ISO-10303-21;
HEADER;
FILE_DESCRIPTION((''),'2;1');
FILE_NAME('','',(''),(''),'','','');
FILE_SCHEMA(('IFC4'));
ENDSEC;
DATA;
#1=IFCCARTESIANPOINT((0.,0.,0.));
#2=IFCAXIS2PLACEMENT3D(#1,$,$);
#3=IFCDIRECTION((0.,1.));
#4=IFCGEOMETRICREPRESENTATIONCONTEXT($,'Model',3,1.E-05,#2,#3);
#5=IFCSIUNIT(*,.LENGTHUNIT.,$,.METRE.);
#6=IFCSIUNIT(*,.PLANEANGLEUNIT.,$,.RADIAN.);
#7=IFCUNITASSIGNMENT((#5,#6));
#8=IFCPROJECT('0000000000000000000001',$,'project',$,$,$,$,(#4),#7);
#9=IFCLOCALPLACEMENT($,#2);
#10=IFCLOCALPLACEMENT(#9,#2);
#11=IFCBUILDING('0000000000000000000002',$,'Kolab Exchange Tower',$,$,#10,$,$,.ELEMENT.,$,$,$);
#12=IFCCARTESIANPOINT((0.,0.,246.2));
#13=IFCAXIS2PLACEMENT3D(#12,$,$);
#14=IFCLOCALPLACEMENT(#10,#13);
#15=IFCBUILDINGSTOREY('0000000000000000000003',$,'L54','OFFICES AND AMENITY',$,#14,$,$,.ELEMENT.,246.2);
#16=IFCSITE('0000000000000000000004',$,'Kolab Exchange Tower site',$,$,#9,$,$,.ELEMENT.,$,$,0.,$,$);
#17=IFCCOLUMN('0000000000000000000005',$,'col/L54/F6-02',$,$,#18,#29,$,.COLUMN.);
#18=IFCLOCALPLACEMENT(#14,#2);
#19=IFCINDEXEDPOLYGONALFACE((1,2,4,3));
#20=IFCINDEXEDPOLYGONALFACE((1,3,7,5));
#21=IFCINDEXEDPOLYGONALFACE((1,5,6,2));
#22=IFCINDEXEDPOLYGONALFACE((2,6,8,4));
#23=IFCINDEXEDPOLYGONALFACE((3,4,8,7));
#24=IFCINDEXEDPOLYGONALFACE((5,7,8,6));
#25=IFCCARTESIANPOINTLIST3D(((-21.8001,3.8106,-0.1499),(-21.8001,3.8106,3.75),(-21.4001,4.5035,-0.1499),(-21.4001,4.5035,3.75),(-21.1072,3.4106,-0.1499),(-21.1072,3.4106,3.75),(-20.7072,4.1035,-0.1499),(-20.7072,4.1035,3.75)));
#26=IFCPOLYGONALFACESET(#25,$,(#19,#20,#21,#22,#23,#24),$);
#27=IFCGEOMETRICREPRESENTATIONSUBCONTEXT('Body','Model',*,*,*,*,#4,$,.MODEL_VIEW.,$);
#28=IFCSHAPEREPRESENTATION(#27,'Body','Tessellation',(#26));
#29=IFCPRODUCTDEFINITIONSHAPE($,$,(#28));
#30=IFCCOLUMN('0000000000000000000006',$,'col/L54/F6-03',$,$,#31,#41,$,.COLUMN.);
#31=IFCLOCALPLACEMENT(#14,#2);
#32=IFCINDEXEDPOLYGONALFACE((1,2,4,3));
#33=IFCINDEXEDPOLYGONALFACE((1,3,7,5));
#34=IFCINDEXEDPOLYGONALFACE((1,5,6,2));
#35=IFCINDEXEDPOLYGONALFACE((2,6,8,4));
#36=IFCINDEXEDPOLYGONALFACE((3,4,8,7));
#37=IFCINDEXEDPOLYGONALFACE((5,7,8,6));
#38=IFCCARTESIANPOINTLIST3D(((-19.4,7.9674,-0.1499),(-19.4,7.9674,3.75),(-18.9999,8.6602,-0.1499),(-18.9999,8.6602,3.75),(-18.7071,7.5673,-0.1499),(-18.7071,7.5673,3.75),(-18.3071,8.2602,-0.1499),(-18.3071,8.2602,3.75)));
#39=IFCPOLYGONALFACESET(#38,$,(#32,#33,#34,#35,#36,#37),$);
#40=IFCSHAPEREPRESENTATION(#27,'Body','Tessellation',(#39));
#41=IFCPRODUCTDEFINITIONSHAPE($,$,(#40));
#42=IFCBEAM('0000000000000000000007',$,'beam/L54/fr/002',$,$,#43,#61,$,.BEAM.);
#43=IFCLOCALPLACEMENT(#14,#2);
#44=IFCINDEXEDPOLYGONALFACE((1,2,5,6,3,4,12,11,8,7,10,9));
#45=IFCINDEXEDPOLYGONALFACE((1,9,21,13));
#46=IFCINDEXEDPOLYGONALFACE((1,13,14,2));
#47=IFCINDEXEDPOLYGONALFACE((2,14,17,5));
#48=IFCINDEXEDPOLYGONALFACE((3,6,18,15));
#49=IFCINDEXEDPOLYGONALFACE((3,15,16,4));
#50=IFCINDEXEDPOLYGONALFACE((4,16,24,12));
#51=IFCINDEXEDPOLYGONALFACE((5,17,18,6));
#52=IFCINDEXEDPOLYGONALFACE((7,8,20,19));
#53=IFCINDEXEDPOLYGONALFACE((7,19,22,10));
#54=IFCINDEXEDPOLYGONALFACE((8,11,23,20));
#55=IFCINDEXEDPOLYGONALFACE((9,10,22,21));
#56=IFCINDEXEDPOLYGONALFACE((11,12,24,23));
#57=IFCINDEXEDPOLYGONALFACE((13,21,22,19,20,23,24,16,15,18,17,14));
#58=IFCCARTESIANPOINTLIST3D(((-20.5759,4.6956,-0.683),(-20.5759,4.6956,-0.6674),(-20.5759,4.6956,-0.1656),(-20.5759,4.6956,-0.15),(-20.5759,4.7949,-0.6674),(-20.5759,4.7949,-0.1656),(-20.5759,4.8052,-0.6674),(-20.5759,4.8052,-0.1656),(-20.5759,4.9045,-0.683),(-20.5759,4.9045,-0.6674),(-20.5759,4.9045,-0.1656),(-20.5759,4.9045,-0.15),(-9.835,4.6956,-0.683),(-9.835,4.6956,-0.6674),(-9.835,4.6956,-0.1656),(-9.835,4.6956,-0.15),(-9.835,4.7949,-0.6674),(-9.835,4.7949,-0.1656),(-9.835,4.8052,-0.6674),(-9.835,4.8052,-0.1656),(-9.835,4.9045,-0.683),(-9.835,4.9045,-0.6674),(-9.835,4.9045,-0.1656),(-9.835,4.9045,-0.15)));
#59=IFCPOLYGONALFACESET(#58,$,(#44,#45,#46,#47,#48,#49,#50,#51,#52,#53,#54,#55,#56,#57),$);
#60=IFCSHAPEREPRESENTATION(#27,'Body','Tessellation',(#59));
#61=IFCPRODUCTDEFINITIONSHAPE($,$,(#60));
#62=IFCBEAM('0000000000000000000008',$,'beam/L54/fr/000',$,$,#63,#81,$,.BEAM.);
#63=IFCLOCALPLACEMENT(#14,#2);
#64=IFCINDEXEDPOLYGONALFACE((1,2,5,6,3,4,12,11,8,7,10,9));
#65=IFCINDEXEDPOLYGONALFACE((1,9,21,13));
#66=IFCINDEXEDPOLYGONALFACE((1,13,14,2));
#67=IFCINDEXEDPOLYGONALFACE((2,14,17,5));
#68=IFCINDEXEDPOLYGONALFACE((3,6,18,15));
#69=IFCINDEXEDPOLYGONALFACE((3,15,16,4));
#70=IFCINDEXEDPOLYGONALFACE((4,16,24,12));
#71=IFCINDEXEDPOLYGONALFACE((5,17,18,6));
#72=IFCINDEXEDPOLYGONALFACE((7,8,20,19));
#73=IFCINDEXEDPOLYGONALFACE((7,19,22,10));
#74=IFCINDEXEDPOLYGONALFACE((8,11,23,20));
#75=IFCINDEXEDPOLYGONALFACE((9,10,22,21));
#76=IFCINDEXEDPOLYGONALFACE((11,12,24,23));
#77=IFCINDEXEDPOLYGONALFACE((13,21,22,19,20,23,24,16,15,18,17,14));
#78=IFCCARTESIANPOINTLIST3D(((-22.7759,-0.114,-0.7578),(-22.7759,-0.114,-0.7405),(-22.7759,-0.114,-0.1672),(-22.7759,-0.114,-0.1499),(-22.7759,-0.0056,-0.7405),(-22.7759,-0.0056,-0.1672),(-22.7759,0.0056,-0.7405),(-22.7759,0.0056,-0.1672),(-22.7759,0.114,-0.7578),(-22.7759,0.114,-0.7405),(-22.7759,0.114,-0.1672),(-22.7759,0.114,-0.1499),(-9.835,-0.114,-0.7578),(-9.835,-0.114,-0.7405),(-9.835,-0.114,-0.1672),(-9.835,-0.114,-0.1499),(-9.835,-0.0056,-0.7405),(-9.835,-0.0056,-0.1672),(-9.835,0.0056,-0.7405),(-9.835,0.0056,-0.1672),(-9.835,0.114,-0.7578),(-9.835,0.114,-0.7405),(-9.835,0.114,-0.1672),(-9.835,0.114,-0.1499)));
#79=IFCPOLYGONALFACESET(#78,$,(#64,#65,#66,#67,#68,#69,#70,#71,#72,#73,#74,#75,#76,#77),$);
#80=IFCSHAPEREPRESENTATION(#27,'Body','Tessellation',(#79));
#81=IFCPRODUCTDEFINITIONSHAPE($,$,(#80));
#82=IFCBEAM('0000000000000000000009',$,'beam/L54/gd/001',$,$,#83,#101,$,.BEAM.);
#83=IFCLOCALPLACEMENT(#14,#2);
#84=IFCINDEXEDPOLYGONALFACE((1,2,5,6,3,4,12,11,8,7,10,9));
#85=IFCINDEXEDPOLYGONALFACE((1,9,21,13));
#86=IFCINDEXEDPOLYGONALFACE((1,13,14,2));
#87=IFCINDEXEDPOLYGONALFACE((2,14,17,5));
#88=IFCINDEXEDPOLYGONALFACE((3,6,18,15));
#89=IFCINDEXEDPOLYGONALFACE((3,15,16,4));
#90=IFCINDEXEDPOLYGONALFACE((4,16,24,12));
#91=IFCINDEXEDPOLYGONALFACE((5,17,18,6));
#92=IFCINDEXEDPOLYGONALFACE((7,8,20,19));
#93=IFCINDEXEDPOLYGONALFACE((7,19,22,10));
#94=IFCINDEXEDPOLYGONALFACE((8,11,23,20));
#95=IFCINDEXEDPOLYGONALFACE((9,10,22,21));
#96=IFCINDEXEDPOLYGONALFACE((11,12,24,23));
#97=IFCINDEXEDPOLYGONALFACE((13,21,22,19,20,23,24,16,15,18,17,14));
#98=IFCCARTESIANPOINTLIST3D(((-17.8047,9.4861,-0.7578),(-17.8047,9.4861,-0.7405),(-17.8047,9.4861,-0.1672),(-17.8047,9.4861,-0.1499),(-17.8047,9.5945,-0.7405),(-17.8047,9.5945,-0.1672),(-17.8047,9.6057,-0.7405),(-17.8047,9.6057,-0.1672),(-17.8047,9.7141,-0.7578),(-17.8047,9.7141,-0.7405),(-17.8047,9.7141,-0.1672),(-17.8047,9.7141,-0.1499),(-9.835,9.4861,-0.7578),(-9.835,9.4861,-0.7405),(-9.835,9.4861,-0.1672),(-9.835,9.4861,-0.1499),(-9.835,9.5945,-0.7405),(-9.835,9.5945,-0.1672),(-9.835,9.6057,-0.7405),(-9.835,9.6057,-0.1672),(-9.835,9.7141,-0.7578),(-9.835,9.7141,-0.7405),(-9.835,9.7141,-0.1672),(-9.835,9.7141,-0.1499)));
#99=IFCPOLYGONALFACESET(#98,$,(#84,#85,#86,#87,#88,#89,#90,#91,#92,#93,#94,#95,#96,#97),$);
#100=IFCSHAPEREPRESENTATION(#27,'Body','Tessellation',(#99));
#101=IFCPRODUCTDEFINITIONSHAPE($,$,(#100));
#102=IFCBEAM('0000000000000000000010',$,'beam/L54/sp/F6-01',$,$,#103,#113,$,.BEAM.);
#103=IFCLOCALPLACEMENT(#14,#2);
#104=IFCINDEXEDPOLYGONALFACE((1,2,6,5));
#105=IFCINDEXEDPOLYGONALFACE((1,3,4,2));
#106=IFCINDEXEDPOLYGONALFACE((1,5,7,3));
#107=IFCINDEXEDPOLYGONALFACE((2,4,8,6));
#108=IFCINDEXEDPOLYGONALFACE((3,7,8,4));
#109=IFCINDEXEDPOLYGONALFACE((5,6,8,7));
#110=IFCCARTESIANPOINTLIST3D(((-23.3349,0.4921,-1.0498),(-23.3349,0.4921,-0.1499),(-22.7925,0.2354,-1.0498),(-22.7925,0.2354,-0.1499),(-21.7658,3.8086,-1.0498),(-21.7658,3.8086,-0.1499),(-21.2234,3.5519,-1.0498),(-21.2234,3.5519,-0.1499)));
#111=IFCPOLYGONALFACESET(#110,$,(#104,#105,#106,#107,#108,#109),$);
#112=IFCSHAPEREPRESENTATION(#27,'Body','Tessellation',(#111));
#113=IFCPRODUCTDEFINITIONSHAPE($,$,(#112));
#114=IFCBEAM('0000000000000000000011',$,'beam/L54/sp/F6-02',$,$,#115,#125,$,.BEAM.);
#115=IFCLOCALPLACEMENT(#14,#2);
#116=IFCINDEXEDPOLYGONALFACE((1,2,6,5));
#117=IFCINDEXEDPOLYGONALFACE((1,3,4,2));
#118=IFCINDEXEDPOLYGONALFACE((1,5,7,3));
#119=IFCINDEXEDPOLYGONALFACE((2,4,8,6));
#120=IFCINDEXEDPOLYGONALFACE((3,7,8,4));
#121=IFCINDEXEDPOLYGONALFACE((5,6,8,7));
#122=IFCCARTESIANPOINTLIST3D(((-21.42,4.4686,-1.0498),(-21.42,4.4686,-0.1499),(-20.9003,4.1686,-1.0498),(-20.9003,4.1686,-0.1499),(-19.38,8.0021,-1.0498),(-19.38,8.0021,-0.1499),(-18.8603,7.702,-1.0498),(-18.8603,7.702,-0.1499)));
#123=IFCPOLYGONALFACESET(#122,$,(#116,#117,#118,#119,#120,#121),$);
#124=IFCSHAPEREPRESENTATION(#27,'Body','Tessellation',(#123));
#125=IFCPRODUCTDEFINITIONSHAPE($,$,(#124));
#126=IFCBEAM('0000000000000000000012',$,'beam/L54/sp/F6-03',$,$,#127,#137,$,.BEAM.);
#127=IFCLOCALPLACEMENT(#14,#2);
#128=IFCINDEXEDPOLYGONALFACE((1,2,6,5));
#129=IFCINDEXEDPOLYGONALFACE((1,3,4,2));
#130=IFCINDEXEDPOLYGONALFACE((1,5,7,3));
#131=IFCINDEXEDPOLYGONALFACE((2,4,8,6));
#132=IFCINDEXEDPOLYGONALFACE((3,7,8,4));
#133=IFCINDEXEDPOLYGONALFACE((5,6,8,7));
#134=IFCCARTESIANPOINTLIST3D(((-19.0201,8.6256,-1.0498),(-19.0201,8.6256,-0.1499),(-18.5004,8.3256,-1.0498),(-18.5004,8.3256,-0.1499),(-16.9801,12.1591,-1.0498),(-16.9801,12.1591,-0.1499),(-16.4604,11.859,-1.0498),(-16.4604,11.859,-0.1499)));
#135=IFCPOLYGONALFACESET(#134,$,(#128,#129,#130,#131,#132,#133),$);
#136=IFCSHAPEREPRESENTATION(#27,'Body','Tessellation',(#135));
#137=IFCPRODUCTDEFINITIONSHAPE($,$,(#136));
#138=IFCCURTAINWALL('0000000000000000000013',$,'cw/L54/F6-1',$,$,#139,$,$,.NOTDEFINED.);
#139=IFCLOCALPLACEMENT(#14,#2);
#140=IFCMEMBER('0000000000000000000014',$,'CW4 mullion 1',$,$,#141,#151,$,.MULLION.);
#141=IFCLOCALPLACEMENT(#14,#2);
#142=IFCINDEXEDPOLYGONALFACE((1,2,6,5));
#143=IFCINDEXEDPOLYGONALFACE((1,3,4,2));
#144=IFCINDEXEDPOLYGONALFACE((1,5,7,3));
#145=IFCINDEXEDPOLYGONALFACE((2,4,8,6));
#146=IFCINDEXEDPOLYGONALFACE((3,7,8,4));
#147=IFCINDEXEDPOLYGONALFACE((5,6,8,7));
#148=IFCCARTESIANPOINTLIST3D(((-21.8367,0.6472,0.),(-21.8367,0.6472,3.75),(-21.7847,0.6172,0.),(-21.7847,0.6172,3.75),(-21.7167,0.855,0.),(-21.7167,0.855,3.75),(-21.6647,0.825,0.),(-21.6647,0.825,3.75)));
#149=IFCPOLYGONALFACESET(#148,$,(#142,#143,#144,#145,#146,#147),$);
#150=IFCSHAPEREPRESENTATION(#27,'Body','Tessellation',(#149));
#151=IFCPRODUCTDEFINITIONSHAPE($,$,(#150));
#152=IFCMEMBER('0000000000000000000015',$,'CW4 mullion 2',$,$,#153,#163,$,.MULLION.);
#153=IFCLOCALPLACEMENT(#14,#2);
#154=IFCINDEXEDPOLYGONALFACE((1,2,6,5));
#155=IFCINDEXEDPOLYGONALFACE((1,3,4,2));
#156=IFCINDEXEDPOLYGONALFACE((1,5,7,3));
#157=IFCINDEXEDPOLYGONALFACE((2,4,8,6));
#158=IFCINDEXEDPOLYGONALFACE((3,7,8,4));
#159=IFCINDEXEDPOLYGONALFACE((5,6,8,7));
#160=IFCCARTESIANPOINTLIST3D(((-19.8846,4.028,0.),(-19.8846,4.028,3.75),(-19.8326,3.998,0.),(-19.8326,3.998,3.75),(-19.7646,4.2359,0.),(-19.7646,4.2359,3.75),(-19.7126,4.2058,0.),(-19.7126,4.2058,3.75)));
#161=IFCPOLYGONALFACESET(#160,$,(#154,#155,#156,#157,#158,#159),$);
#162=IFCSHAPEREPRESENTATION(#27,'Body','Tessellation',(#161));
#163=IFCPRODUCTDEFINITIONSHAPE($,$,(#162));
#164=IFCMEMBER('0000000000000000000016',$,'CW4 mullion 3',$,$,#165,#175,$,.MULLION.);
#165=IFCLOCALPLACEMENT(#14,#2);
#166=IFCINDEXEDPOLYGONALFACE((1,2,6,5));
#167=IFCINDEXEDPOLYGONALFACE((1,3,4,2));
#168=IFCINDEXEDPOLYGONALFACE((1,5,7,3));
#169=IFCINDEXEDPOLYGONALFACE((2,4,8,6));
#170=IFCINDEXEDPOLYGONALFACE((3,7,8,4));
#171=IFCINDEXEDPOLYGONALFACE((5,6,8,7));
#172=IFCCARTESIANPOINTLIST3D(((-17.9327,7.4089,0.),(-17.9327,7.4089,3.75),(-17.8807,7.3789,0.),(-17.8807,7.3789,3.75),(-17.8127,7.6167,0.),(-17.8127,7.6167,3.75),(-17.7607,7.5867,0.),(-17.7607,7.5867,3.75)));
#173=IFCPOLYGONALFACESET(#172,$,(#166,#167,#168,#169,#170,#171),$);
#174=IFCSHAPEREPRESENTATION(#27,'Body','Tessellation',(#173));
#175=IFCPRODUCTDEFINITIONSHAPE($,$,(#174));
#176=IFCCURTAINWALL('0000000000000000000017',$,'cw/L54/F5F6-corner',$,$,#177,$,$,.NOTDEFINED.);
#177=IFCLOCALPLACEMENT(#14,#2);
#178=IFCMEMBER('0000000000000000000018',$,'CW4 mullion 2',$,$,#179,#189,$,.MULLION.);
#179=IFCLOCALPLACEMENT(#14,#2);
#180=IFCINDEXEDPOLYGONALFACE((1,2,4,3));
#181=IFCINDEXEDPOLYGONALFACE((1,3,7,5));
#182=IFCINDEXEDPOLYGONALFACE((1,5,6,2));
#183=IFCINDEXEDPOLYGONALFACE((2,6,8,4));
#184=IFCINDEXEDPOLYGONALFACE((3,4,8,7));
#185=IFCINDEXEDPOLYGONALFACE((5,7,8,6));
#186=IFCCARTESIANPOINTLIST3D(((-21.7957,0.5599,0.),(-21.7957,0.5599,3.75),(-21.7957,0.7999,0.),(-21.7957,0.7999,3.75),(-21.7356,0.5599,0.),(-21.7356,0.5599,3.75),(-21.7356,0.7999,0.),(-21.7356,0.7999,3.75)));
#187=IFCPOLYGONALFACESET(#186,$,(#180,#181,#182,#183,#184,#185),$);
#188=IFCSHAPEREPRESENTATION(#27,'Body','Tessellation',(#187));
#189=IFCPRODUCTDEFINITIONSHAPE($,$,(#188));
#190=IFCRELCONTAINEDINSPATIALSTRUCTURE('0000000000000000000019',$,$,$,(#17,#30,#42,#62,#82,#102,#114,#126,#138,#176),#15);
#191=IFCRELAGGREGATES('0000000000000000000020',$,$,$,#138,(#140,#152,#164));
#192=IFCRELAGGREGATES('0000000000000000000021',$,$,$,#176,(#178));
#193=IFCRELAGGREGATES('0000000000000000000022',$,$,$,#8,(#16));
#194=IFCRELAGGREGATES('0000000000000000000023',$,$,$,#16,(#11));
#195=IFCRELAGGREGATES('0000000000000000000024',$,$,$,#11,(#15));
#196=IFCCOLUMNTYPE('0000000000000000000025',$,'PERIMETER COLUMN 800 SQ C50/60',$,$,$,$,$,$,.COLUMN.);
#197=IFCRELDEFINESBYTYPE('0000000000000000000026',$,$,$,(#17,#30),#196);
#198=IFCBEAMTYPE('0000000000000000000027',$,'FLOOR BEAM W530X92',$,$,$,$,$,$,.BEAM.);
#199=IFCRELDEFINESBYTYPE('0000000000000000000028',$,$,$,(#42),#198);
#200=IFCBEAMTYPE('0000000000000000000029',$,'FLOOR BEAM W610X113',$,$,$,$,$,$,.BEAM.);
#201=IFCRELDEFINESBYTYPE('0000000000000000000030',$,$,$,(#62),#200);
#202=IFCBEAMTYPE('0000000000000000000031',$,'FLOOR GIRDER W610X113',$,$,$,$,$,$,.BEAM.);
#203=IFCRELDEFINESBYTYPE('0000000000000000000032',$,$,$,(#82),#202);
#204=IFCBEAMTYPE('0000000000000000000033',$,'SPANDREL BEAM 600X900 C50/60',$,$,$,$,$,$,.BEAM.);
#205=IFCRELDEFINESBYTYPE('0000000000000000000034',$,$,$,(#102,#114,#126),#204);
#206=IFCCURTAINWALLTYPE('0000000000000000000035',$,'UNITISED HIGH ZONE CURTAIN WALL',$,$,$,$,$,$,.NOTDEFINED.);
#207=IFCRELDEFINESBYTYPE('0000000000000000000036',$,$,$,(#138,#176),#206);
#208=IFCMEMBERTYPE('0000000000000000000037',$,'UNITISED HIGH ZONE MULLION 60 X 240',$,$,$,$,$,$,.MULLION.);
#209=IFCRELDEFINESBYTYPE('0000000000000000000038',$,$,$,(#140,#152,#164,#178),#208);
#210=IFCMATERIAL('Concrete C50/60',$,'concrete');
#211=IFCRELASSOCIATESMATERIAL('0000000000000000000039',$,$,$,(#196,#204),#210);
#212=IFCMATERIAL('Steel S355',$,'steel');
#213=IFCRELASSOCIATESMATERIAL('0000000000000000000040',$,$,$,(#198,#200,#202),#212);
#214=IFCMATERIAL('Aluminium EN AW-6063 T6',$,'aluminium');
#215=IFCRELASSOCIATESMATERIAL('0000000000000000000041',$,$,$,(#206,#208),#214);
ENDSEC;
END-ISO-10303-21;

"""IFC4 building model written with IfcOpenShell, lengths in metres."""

from ifc_helpers import new_model, si_unit, direction, frame, origin, origin_2d, place, context, subcontext, project, spatial, rectangle, i_section, extrude, material, material_profile, profile_set, type_object, element, aggregate, save


model = new_model("IFC4")

# Units and contexts
model_context = context("Model", 3, precision=1e-05, world=origin(), true_north=direction((0.0, 1.0)))
body_context = subcontext(model_context, "Body", "Model", "MODEL_VIEW")
ifc_project = project(units=[si_unit("LENGTHUNIT", "METRE"), si_unit("PLANEANGLEUNIT", "RADIAN")], contexts=[model_context])

# Site, building, storey
site_placement = place(None, origin())
site = spatial("IfcSite", under=ifc_project, at=site_placement, Name="Kolab Exchange Tower site", CompositionType="ELEMENT", RefElevation=0.0)
building_placement = place(site_placement, origin())
building = spatial("IfcBuilding", under=site, at=building_placement, Name="Kolab Exchange Tower", CompositionType="ELEMENT")
storey_placement = place(building_placement, frame((0.0, 0.0, 246.2)))
storey = spatial("IfcBuildingStorey", under=building, at=storey_placement, Name="L54", Description="OFFICES AND AMENITY", CompositionType="ELEMENT", Elevation=246.2)

# Columns
ifc_material_1 = material(Name="Concrete C50/60", Category="concrete")
ifc_material_profile_1 = material_profile(ifc_material_1, rectangle(XDim=0.8, YDim=0.8, at=origin_2d()), Name="RC800")
ifc_profile_set_1 = profile_set([ifc_material_profile_1], Name="Concrete C50/60")
column_type = type_object("IfcColumnType", Name="PERIMETER COLUMN 800 SQ C50/60", PredefinedType="COLUMN", material=ifc_profile_set_1)
for number, where, z_axis, x_axis, name in (
    (1, (-21.2537, 3.957, -0.1499), (0.0, 0.0, 1.0), (0.5, 0.866025, 0.0), "col/L54/F6-02"),
    (2, (-18.8535, 8.1138, -0.1499), (0.0, 0.0, 1.0), (0.5, 0.866025, 0.0), "col/L54/F6-03"),
):
    element("IfcColumn", number, at=place(storey_placement, frame(where, z_axis=z_axis, x_axis=x_axis)), inside=storey, type_object=column_type, Name=name, PredefinedType="COLUMN", context=body_context, shape_type="SweptSolid", body=[
        extrude(rectangle(XDim=0.8, YDim=0.8, at=origin_2d()), origin(), (0.0, 0.0, 1.0), 3.8999),
    ])

# Beams
ifc_material_2 = material(Name="Steel S355", Category="steel")
ifc_material_profile_2 = material_profile(ifc_material_2, i_section(OverallWidth=0.209, OverallDepth=0.533, WebThickness=0.0103, FlangeThickness=0.0156, at=origin_2d()), Name="W530X92")
ifc_profile_set_2 = profile_set([ifc_material_profile_2], Name="Steel S355")
beam_type_1 = type_object("IfcBeamType", Name="FLOOR BEAM W530X92", PredefinedType="BEAM", material=ifc_profile_set_2)
beam_1_placement = place(storey_placement, frame((-20.5759, 4.8, -0.4165), z_axis=(1.0, 0.0, 0.0), x_axis=(0.0, 1.0, 0.0)))
element("IfcBeam", 3, at=beam_1_placement, inside=storey, type_object=beam_type_1, Name="beam/L54/fr/002", PredefinedType="BEAM", context=body_context, shape_type="SweptSolid", body=[
    extrude(i_section(OverallWidth=0.209, OverallDepth=0.533, WebThickness=0.0103, FlangeThickness=0.0156, at=origin_2d()), origin(), (0.0, 0.0, 1.0), 10.741),
])
ifc_material_profile_3 = material_profile(ifc_material_2, i_section(OverallWidth=0.228, OverallDepth=0.6079, WebThickness=0.0112, FlangeThickness=0.0173, at=origin_2d()), Name="W610X113")
ifc_profile_set_3 = profile_set([ifc_material_profile_3], Name="Steel S355")
beam_type_2 = type_object("IfcBeamType", Name="FLOOR BEAM W610X113", PredefinedType="BEAM", material=ifc_profile_set_3)
beam_2_placement = place(storey_placement, frame((-22.7759, 0.0, -0.4539), z_axis=(1.0, 0.0, 0.0), x_axis=(0.0, 1.0, 0.0)))
element("IfcBeam", 4, at=beam_2_placement, inside=storey, type_object=beam_type_2, Name="beam/L54/fr/000", PredefinedType="BEAM", context=body_context, shape_type="SweptSolid", body=[
    extrude(i_section(OverallWidth=0.228, OverallDepth=0.6079, WebThickness=0.0112, FlangeThickness=0.0173, at=origin_2d()), origin(), (0.0, 0.0, 1.0), 12.9409),
])
ifc_material_profile_4 = material_profile(ifc_material_2, i_section(OverallWidth=0.228, OverallDepth=0.6079, WebThickness=0.0112, FlangeThickness=0.0173, at=origin_2d()), Name="W610X113")
ifc_profile_set_4 = profile_set([ifc_material_profile_4], Name="Steel S355")
beam_type_3 = type_object("IfcBeamType", Name="FLOOR GIRDER W610X113", PredefinedType="BEAM", material=ifc_profile_set_4)
beam_3_placement = place(storey_placement, frame((-17.8047, 9.6001, -0.4539), z_axis=(1.0, 0.0, 0.0), x_axis=(0.0, 1.0, 0.0)))
element("IfcBeam", 5, at=beam_3_placement, inside=storey, type_object=beam_type_3, Name="beam/L54/gd/001", PredefinedType="BEAM", context=body_context, shape_type="SweptSolid", body=[
    extrude(i_section(OverallWidth=0.228, OverallDepth=0.6079, WebThickness=0.0112, FlangeThickness=0.0173, at=origin_2d()), origin(), (0.0, 0.0, 1.0), 7.9697),
])
ifc_material_profile_5 = material_profile(ifc_material_1, rectangle(XDim=0.6001, YDim=0.8999, at=origin_2d()), Name="RC600X900")
ifc_profile_set_5 = profile_set([ifc_material_profile_5], Name="Concrete C50/60")
beam_type_4 = type_object("IfcBeamType", Name="SPANDREL BEAM 600X900 C50/60", PredefinedType="BEAM", material=ifc_profile_set_5)
beam_4_placement = place(storey_placement, frame((-23.0637, 0.3638, -0.5999), z_axis=(0.427677, 0.903932, 0.0), x_axis=(-0.903932, 0.427677, 0.0)))
element("IfcBeam", 6, at=beam_4_placement, inside=storey, type_object=beam_type_4, Name="beam/L54/sp/F6-01", PredefinedType="BEAM", context=body_context, shape_type="SweptSolid", body=[
    extrude(rectangle(XDim=0.6001, YDim=0.8999, at=origin_2d()), origin(), (0.0, 0.0, 1.0), 3.6689),
])
for number, where, z_axis, x_axis, name in (
    (7, (-21.1602, 4.3186, -0.5999), (0.5, 0.866025, 0.0), (-0.866025, 0.5, 0.0), "beam/L54/sp/F6-02"),
    (8, (-18.7603, 8.4756, -0.5999), (0.5, 0.866025, 0.0), (-0.866025, 0.5, 0.0), "beam/L54/sp/F6-03"),
):
    element("IfcBeam", number, at=place(storey_placement, frame(where, z_axis=z_axis, x_axis=x_axis)), inside=storey, type_object=beam_type_4, Name=name, PredefinedType="BEAM", context=body_context, shape_type="SweptSolid", body=[
        extrude(rectangle(XDim=0.6001, YDim=0.8999, at=origin_2d()), origin(), (0.0, 0.0, 1.0), 4.0801),
    ])

# Curtain wall, members
ifc_material_3 = material(Name="Aluminium EN AW-6063 T6", Category="aluminium")
curtain_wall_type = type_object("IfcCurtainWallType", Name="UNITISED HIGH ZONE CURTAIN WALL", PredefinedType="NOTDEFINED", material=ifc_material_3)
curtain_wall_1_placement = place(storey_placement, origin())
curtain_wall_1 = element("IfcCurtainWall", 9, at=curtain_wall_1_placement, inside=storey, type_object=curtain_wall_type, Name="cw/L54/F6-1", PredefinedType="NOTDEFINED")
ifc_material_profile_6 = material_profile(ifc_material_3, rectangle(XDim=0.0601, YDim=0.24, at=origin_2d()), Name="RECT 60X240")
ifc_profile_set_6 = profile_set([ifc_material_profile_6], Name="Aluminium EN AW-6063 T6")
member_type_1 = type_object("IfcMemberType", Name="UNITISED HIGH ZONE MULLION 60 X 240", PredefinedType="MULLION", material=ifc_profile_set_6)
member_1_placement = place(storey_placement, frame((-21.7507, 0.7361, 0.0), z_axis=(0.0, 0.0, 1.0), x_axis=(-0.866025, 0.5, 0.0)))
member_1 = element("IfcMember", 10, at=member_1_placement, type_object=member_type_1, Name="CW4 mullion 1", PredefinedType="MULLION", context=body_context, shape_type="SweptSolid", body=[
    extrude(rectangle(XDim=0.0601, YDim=0.24, at=origin_2d()), origin(), (0.0, 0.0, 1.0), 3.75),
])
member_2_placement = place(storey_placement, frame((-19.7986, 4.1169, 0.0), z_axis=(0.0, 0.0, 1.0), x_axis=(-0.866025, 0.5, 0.0)))
member_2 = element("IfcMember", 11, at=member_2_placement, type_object=member_type_1, Name="CW4 mullion 2", PredefinedType="MULLION", context=body_context, shape_type="SweptSolid", body=[
    extrude(rectangle(XDim=0.0601, YDim=0.24, at=origin_2d()), origin(), (0.0, 0.0, 1.0), 3.75),
])
member_3_placement = place(storey_placement, frame((-17.8467, 7.4978, 0.0), z_axis=(0.0, 0.0, 1.0), x_axis=(-0.866025, 0.5, 0.0)))
member_3 = element("IfcMember", 12, at=member_3_placement, type_object=member_type_1, Name="CW4 mullion 3", PredefinedType="MULLION", context=body_context, shape_type="SweptSolid", body=[
    extrude(rectangle(XDim=0.0601, YDim=0.24, at=origin_2d()), origin(), (0.0, 0.0, 1.0), 3.75),
])

# Curtain wall, member
curtain_wall_2_placement = place(storey_placement, origin())
curtain_wall_2 = element("IfcCurtainWall", 13, at=curtain_wall_2_placement, inside=storey, type_object=curtain_wall_type, Name="cw/L54/F5F6-corner", PredefinedType="NOTDEFINED")
member_4_placement = place(storey_placement, frame((-21.7656, 0.6799, 0.0), z_axis=(0.0, 0.0, 1.0), x_axis=(-1.0, 0.0, 0.0)))
member_4 = element("IfcMember", 14, at=member_4_placement, type_object=member_type_1, Name="CW4 mullion 2", PredefinedType="MULLION", context=body_context, shape_type="SweptSolid", body=[
    extrude(rectangle(XDim=0.0601, YDim=0.24, at=origin_2d()), origin(), (0.0, 0.0, 1.0), 3.75),
])

aggregate(curtain_wall_1, [member_1, member_2, member_3])
aggregate(curtain_wall_2, [member_4])

save(model, "model.ifc")
